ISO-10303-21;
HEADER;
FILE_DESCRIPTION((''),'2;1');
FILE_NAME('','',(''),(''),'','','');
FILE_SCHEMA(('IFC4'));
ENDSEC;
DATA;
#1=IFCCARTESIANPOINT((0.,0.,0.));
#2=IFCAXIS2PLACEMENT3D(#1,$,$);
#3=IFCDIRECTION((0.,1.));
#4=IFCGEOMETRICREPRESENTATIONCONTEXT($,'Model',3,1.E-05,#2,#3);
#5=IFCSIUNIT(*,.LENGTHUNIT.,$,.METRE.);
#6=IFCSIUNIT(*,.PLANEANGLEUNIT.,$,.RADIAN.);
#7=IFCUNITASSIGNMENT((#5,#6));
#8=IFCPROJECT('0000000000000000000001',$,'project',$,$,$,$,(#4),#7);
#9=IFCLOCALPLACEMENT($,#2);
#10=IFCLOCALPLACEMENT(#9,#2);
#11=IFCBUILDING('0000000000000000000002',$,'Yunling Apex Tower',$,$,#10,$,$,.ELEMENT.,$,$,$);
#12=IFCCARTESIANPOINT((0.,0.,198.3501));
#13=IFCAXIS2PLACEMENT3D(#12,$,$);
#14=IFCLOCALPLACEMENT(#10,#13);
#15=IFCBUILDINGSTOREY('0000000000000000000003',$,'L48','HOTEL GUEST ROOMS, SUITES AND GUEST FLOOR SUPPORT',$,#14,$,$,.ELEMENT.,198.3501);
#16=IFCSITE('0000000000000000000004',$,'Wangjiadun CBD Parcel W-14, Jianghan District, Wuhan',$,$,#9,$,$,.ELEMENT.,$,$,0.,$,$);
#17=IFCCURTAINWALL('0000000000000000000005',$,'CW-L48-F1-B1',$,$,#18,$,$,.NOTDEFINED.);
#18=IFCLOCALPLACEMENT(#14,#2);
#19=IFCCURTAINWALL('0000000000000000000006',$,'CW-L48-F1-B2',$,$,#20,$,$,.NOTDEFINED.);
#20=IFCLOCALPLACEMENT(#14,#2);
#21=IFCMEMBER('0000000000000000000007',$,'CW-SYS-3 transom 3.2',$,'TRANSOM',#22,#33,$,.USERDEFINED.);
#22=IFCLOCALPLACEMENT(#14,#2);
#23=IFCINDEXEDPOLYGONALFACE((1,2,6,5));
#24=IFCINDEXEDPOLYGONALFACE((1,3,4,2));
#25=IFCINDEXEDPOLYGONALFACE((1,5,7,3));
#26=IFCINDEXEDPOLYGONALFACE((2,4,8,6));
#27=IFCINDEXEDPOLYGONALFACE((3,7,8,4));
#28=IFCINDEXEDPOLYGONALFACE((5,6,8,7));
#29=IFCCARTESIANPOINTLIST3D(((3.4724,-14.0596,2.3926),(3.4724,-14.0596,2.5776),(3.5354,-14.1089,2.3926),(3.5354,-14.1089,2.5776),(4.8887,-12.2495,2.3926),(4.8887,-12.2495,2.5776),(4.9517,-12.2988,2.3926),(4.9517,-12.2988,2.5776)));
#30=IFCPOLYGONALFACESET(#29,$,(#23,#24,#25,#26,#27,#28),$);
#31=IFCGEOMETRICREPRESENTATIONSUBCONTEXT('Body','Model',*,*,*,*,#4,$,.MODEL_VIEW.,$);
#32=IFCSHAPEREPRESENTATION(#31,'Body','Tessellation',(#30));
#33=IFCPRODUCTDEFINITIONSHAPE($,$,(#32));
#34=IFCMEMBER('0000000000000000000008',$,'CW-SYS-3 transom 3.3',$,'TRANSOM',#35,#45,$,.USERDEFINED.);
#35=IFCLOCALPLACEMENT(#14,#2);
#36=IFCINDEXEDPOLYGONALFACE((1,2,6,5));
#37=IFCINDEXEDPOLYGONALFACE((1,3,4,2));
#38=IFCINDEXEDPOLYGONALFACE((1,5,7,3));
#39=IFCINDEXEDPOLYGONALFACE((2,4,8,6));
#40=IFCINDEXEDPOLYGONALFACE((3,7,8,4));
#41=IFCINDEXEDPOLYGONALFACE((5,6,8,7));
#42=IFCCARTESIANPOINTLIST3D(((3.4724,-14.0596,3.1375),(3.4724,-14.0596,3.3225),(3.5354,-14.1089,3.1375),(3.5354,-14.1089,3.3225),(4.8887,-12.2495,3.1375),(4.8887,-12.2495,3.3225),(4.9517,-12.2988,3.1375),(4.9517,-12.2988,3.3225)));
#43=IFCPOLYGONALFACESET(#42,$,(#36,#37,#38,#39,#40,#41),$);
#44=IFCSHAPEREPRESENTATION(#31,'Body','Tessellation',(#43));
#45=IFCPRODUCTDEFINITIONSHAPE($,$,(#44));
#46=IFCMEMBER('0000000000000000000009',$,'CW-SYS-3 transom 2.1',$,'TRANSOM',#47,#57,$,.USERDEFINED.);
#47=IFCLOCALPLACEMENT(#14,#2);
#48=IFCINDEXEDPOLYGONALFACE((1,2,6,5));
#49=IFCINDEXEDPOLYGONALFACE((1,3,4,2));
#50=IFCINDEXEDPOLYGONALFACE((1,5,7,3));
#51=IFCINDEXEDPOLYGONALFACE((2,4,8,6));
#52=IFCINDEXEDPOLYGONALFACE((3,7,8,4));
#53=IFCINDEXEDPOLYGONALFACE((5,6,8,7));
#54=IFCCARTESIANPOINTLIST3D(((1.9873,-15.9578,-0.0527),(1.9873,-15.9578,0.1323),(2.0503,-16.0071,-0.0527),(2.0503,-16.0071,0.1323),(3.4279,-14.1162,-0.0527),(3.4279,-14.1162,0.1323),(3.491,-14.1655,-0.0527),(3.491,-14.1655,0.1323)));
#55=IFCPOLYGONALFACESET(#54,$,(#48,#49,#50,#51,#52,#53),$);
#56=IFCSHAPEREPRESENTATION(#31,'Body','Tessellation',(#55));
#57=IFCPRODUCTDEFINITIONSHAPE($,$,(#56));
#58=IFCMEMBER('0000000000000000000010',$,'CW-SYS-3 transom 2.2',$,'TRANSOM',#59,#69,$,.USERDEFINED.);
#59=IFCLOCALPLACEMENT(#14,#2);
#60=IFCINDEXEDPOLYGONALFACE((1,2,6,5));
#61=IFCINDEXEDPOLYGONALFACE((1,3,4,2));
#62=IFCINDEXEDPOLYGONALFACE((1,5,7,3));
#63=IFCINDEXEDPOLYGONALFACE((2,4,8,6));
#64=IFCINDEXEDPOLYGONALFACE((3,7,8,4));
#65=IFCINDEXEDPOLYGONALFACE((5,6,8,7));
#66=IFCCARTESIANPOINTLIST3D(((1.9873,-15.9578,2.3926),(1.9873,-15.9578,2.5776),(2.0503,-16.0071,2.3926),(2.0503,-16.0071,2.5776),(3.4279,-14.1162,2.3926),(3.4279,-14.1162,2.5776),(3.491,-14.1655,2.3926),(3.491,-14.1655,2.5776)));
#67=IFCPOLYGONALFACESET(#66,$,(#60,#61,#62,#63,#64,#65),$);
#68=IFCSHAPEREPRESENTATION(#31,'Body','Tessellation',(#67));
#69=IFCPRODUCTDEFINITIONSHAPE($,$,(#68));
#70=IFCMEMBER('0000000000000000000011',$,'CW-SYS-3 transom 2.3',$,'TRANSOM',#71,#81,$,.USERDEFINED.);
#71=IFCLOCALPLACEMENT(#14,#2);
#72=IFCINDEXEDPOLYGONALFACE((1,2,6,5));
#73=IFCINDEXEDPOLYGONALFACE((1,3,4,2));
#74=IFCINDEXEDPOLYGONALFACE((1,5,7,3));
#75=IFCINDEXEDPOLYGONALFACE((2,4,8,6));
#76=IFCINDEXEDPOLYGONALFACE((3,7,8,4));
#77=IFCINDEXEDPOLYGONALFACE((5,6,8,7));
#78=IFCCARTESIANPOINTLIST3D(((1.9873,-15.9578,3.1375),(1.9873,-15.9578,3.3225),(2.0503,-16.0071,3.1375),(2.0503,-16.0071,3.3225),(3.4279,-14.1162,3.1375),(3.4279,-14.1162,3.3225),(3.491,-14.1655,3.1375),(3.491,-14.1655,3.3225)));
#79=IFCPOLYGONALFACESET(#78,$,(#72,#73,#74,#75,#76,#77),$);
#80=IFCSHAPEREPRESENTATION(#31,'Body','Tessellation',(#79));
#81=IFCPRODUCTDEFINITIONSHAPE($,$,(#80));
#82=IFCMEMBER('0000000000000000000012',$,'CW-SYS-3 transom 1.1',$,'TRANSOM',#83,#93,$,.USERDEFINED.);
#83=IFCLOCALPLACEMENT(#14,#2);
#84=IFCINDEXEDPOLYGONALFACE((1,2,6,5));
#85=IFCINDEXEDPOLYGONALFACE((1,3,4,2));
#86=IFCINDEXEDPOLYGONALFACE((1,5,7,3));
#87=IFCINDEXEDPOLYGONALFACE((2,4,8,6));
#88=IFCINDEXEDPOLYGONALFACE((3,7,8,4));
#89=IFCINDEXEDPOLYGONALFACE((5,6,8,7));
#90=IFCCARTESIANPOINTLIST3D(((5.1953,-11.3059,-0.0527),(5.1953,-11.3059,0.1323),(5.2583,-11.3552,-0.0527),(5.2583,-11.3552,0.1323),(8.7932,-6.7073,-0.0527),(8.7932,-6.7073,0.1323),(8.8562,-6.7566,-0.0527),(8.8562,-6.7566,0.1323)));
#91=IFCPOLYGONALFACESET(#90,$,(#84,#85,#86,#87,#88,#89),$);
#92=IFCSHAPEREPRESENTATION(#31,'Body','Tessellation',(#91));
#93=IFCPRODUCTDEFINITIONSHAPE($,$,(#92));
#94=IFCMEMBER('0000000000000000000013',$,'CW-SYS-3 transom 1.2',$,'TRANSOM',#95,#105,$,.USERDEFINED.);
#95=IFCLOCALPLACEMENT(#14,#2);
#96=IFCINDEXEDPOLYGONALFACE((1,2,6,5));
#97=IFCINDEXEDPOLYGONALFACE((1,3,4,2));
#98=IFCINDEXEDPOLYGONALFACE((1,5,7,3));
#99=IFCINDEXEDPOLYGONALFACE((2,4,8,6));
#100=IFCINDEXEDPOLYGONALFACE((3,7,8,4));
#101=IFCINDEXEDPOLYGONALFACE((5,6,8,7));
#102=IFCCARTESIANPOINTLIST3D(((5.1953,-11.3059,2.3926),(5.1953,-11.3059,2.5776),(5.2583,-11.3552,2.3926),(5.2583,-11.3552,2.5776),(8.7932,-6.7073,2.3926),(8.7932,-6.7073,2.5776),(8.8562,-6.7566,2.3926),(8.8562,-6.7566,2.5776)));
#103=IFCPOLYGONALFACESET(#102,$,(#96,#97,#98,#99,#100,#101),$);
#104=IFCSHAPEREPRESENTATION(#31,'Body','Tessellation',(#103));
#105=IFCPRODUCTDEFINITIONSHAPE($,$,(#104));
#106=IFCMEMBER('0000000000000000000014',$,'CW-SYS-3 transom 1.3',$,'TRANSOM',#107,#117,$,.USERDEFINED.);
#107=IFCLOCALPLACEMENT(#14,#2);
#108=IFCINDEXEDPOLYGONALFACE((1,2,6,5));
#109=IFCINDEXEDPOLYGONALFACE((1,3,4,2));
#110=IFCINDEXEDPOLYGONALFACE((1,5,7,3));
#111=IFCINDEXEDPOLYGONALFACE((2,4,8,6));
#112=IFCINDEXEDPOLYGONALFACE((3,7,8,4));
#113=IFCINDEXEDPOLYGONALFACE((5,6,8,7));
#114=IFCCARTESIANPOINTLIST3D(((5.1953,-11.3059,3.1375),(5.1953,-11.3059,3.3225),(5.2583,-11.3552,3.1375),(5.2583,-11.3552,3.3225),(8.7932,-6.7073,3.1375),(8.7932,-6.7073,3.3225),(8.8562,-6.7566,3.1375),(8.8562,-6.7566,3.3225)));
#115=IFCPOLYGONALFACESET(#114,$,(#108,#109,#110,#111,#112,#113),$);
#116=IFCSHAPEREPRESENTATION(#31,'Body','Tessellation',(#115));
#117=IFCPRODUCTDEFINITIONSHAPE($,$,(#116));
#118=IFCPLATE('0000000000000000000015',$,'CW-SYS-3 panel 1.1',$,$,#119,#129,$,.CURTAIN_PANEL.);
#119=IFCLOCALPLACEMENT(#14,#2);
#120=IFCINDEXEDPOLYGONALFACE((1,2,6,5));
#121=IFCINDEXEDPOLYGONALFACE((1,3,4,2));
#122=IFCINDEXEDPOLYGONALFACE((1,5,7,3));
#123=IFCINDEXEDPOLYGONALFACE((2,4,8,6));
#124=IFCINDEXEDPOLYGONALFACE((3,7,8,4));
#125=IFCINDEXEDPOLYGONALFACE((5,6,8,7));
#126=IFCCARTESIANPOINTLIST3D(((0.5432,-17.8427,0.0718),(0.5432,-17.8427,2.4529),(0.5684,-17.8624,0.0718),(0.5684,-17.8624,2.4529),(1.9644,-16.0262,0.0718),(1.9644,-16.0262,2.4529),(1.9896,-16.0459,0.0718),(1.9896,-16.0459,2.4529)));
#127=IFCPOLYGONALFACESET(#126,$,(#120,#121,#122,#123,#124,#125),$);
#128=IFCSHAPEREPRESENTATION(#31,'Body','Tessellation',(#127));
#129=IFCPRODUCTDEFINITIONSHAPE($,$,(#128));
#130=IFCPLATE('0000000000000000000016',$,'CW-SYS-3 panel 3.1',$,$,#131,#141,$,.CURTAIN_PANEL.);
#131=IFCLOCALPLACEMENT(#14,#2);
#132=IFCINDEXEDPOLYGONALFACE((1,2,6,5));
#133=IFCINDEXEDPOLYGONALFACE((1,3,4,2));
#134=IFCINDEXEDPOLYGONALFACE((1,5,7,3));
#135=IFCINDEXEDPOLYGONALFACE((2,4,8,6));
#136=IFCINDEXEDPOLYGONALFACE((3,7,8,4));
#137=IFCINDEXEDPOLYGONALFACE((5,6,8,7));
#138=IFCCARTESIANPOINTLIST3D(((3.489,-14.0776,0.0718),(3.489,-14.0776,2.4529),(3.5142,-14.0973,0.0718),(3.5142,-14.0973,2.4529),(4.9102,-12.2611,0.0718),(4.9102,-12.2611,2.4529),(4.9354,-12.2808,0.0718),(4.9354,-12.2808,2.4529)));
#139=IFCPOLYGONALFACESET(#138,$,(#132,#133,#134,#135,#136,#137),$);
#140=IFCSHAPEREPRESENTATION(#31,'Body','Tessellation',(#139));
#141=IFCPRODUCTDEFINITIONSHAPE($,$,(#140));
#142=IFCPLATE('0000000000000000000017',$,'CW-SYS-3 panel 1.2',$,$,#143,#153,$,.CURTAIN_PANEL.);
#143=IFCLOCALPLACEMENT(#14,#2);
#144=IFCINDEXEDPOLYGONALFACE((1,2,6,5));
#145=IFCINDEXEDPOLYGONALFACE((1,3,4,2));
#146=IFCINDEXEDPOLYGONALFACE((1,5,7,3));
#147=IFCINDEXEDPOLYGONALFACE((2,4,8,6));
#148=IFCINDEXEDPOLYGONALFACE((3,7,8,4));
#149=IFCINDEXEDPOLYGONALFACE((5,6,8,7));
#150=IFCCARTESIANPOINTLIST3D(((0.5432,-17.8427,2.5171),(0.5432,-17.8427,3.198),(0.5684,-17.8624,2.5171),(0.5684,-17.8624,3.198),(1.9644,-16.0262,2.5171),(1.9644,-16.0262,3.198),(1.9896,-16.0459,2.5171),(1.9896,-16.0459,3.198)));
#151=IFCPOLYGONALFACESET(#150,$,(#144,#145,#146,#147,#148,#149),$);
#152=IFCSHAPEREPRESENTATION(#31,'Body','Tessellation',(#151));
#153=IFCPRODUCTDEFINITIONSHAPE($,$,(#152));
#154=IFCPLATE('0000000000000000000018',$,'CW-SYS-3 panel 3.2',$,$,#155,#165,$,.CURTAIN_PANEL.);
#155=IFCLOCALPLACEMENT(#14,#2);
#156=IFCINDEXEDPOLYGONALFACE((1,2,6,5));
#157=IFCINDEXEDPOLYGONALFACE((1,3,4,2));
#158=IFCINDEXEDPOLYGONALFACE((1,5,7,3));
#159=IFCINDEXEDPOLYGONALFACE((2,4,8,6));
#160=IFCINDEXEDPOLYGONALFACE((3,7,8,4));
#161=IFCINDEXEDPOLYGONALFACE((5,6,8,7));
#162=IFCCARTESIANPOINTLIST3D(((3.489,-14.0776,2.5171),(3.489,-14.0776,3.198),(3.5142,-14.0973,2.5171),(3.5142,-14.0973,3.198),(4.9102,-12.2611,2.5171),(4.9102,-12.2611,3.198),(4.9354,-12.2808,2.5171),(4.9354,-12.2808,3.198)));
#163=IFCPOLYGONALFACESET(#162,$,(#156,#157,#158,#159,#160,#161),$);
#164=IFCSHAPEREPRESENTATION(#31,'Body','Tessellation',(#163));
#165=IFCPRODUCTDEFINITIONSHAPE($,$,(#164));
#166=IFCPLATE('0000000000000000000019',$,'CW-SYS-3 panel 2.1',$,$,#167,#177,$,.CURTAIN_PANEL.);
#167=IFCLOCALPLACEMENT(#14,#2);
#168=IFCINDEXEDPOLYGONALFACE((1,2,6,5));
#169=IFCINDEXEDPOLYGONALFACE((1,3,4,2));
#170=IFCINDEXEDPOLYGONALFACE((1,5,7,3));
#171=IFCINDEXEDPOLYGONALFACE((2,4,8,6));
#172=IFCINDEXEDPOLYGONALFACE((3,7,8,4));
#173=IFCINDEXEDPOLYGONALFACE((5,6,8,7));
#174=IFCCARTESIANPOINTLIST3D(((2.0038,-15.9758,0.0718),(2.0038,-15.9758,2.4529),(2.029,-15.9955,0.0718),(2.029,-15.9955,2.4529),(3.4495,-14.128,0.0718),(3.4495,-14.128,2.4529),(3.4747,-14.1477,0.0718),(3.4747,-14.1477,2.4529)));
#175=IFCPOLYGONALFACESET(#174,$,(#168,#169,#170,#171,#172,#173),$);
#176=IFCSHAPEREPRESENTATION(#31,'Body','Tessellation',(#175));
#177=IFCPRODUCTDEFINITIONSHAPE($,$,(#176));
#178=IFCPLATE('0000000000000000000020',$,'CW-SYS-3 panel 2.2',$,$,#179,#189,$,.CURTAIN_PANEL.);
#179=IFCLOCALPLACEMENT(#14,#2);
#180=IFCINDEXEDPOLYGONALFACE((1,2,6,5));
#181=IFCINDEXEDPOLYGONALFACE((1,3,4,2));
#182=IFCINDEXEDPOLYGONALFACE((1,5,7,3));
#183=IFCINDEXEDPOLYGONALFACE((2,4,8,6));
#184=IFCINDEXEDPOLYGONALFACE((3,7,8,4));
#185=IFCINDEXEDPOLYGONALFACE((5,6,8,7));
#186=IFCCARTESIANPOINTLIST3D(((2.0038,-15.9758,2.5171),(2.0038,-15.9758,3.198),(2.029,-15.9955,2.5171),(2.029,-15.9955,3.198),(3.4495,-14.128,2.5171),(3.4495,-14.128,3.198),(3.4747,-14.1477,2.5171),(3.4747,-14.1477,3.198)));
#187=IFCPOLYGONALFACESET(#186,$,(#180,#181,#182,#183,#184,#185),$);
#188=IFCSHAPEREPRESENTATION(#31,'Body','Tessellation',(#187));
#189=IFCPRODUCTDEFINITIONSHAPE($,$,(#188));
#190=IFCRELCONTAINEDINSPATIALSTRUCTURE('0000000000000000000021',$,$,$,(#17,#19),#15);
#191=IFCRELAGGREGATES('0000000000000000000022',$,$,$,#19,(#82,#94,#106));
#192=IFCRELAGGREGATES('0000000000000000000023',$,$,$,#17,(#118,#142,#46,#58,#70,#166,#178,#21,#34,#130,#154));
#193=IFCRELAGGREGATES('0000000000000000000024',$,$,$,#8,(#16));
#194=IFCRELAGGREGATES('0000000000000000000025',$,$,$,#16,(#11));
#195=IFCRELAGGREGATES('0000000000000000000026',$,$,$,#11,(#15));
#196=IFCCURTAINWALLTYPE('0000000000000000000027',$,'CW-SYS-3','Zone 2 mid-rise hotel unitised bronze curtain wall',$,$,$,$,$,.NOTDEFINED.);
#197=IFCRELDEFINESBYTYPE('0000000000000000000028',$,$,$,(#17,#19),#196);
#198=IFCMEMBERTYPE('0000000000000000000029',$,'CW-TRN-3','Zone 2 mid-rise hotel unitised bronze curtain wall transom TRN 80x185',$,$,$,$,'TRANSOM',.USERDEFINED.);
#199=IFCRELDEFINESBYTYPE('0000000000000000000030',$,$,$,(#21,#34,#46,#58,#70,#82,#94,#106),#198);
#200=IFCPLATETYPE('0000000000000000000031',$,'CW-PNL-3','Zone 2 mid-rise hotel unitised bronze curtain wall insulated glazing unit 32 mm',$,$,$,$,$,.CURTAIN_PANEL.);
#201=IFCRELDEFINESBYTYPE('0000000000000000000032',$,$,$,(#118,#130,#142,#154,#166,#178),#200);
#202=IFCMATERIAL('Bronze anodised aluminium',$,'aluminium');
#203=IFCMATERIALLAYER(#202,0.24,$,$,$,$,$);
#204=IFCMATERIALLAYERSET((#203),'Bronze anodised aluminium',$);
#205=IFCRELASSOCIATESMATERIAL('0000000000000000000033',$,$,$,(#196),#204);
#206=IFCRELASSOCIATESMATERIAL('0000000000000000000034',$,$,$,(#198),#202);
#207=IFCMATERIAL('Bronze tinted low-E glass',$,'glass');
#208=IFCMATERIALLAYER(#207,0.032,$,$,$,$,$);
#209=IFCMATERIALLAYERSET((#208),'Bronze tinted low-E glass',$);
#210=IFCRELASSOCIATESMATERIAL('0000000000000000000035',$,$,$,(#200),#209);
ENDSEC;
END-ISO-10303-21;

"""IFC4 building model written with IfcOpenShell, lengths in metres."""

from ifc_helpers import new_model, si_unit, direction, frame, origin, origin_2d, place, context, subcontext, project, spatial, rectangle, extrude, source, transform, mapped, material, layer, layer_set, material_profile, profile_set, type_object, element, aggregate, save


model = new_model("IFC4")

# Units and contexts
model_context = context("Model", 3, precision=1e-05, world=origin(), true_north=direction((0.0, 1.0)))
body_context = subcontext(model_context, "Body", "Model", "MODEL_VIEW")
ifc_project = project(units=[si_unit("LENGTHUNIT", "METRE"), si_unit("PLANEANGLEUNIT", "RADIAN")], contexts=[model_context])

# Site, building, storey
site_placement = place(None, origin())
site = spatial("IfcSite", under=ifc_project, at=site_placement, Name="Wangjiadun CBD Parcel W-14, Jianghan District, Wuhan", CompositionType="ELEMENT", RefElevation=0.0)
building_placement = place(site_placement, origin())
building = spatial("IfcBuilding", under=site, at=building_placement, Name="Yunling Apex Tower", CompositionType="ELEMENT")
storey_placement = place(building_placement, frame((0.0, 0.0, 198.3501)))
storey = spatial("IfcBuildingStorey", under=building, at=storey_placement, Name="L48", Description="HOTEL GUEST ROOMS, SUITES AND GUEST FLOOR SUPPORT", CompositionType="ELEMENT", Elevation=198.3501)

# Curtain wall
ifc_material_1 = material(Name="Bronze anodised aluminium", Category="aluminium")
ifc_layer_1 = layer(ifc_material_1, 0.24)
ifc_layer_set_1 = layer_set([ifc_layer_1], Name="Bronze anodised aluminium")
curtain_wall_type = type_object("IfcCurtainWallType", Name="CW-SYS-3", Description="Zone 2 mid-rise hotel unitised bronze curtain wall", PredefinedType="NOTDEFINED", material=ifc_layer_set_1)
curtain_wall_1_placement = place(storey_placement, origin())
curtain_wall_1 = element("IfcCurtainWall", 1, at=curtain_wall_1_placement, inside=storey, type_object=curtain_wall_type, Name="CW-L48-F1-B1", PredefinedType="NOTDEFINED")

# Curtain wall
curtain_wall_2_placement = place(storey_placement, origin())
curtain_wall_2 = element("IfcCurtainWall", 2, at=curtain_wall_2_placement, inside=storey, type_object=curtain_wall_type, Name="CW-L48-F1-B2", PredefinedType="NOTDEFINED")

# Members
ifc_material_profile_1 = material_profile(ifc_material_1, rectangle(XDim=0.0801, YDim=0.1851, at=origin_2d()))
ifc_profile_set_1 = profile_set([ifc_material_profile_1], Name="Bronze anodised aluminium")
member_type_1 = type_object("IfcMemberType", Name="CW-TRN-3", Description="Zone 2 mid-rise hotel unitised bronze curtain wall transom TRN 80x185", ElementType="TRANSOM", PredefinedType="USERDEFINED", material=ifc_profile_set_1)
shared_shape_1 = source(origin(), body_context, "Body", "SweptSolid", [
    extrude(rectangle(XDim=0.0801, YDim=0.1851, at=origin_2d()), origin(), (0.0, 0.0, 1.0), 2.2983),
])
member_1_placement = place(storey_placement, frame((3.5039, -14.0842, 2.4851), z_axis=(0.616225, 0.78757, 0.0), x_axis=(-0.78757, 0.616225, 0.0)))
member_1 = element("IfcMember", 3, at=member_1_placement, type_object=member_type_1, Name="CW-SYS-3 transom 3.2", ObjectType="TRANSOM", PredefinedType="USERDEFINED", context=body_context, shape_type="MappedRepresentation", body=[
    mapped(shared_shape_1, transform((0.0, 0.0, 0.0), scale=1.0)),
])
member_2_placement = place(storey_placement, frame((3.5039, -14.0842, 3.23), z_axis=(0.616225, 0.78757, 0.0), x_axis=(-0.78757, 0.616225, 0.0)))
member_2 = element("IfcMember", 4, at=member_2_placement, type_object=member_type_1, Name="CW-SYS-3 transom 3.3", ObjectType="TRANSOM", PredefinedType="USERDEFINED", context=body_context, shape_type="MappedRepresentation", body=[
    mapped(shared_shape_1, transform((0.0, 0.0, 0.0), scale=1.0)),
])
shared_shape_2 = source(origin(), body_context, "Body", "SweptSolid", [
    extrude(rectangle(XDim=0.0801, YDim=0.1851, at=origin_2d()), origin(), (0.0, 0.0, 1.0), 2.3381),
])
member_3_placement = place(storey_placement, frame((2.0188, -15.9824, 0.0398), z_axis=(0.616165, 0.787617, 0.0), x_axis=(-0.787617, 0.616165, 0.0)))
member_3 = element("IfcMember", 5, at=member_3_placement, type_object=member_type_1, Name="CW-SYS-3 transom 2.1", ObjectType="TRANSOM", PredefinedType="USERDEFINED", context=body_context, shape_type="MappedRepresentation", body=[
    mapped(shared_shape_2, transform((0.0, 0.0, 0.0), scale=1.0)),
])
member_4_placement = place(storey_placement, frame((2.0188, -15.9824, 2.4851), z_axis=(0.616165, 0.787617, 0.0), x_axis=(-0.787617, 0.616165, 0.0)))
member_4 = element("IfcMember", 6, at=member_4_placement, type_object=member_type_1, Name="CW-SYS-3 transom 2.2", ObjectType="TRANSOM", PredefinedType="USERDEFINED", context=body_context, shape_type="MappedRepresentation", body=[
    mapped(shared_shape_2, transform((0.0, 0.0, 0.0), scale=1.0)),
])
member_5_placement = place(storey_placement, frame((2.0188, -15.9824, 3.23), z_axis=(0.616165, 0.787617, 0.0), x_axis=(-0.787617, 0.616165, 0.0)))
member_5 = element("IfcMember", 7, at=member_5_placement, type_object=member_type_1, Name="CW-SYS-3 transom 2.3", ObjectType="TRANSOM", PredefinedType="USERDEFINED", context=body_context, shape_type="MappedRepresentation", body=[
    mapped(shared_shape_2, transform((0.0, 0.0, 0.0), scale=1.0)),
])
shared_shape_3 = source(origin(), body_context, "Body", "SweptSolid", [
    extrude(rectangle(XDim=0.0801, YDim=0.1851, at=origin_2d()), origin(), (0.0, 0.0, 1.0), 5.8389),
])
member_6_placement = place(storey_placement, frame((5.2268, -11.3306, 0.0398), z_axis=(0.616199, 0.787591, 0.0), x_axis=(-0.787591, 0.616199, 0.0)))
member_6 = element("IfcMember", 8, at=member_6_placement, type_object=member_type_1, Name="CW-SYS-3 transom 1.1", ObjectType="TRANSOM", PredefinedType="USERDEFINED", context=body_context, shape_type="MappedRepresentation", body=[
    mapped(shared_shape_3, transform((0.0, 0.0, 0.0), scale=1.0)),
])
member_7_placement = place(storey_placement, frame((5.2268, -11.3306, 2.4851), z_axis=(0.616199, 0.787591, 0.0), x_axis=(-0.787591, 0.616199, 0.0)))
member_7 = element("IfcMember", 9, at=member_7_placement, type_object=member_type_1, Name="CW-SYS-3 transom 1.2", ObjectType="TRANSOM", PredefinedType="USERDEFINED", context=body_context, shape_type="MappedRepresentation", body=[
    mapped(shared_shape_3, transform((0.0, 0.0, 0.0), scale=1.0)),
])
member_8_placement = place(storey_placement, frame((5.2268, -11.3306, 3.23), z_axis=(0.616199, 0.787591, 0.0), x_axis=(-0.787591, 0.616199, 0.0)))
member_8 = element("IfcMember", 10, at=member_8_placement, type_object=member_type_1, Name="CW-SYS-3 transom 1.3", ObjectType="TRANSOM", PredefinedType="USERDEFINED", context=body_context, shape_type="MappedRepresentation", body=[
    mapped(shared_shape_3, transform((0.0, 0.0, 0.0), scale=1.0)),
])
aggregate(curtain_wall_2, [member_6, member_7, member_8])

# Plates
ifc_material_2 = material(Name="Bronze tinted low-E glass", Category="glass")
ifc_layer_2 = layer(ifc_material_2, 0.032)
ifc_layer_set_2 = layer_set([ifc_layer_2], Name="Bronze tinted low-E glass")
plate_type = type_object("IfcPlateType", Name="CW-PNL-3", Description="Zone 2 mid-rise hotel unitised bronze curtain wall insulated glazing unit 32 mm", PredefinedType="CURTAIN_PANEL", material=ifc_layer_set_2)
shared_shape_4 = source(origin(), body_context, "Body", "SweptSolid", [
    extrude(rectangle(XDim=2.3064, YDim=0.032, at=origin_2d()), origin(), (0.0, 0.0, 1.0), 2.3811),
])
plate_1_placement = place(storey_placement, frame((1.2664, -16.9443, 0.0718), z_axis=(0.0, 0.0, 1.0), x_axis=(0.6162, 0.787589, 0.0)))
plate_1 = element("IfcPlate", 11, at=plate_1_placement, type_object=plate_type, Name="CW-SYS-3 panel 1.1", PredefinedType="CURTAIN_PANEL", context=body_context, shape_type="MappedRepresentation", body=[
    mapped(shared_shape_4, transform((0.0, 0.0, 0.0), scale=1.0)),
])
plate_2_placement = place(storey_placement, frame((4.2122, -13.1792, 0.0718), z_axis=(0.0, 0.0, 1.0), x_axis=(0.6162, 0.787589, 0.0)))
plate_2 = element("IfcPlate", 12, at=plate_2_placement, type_object=plate_type, Name="CW-SYS-3 panel 3.1", PredefinedType="CURTAIN_PANEL", context=body_context, shape_type="MappedRepresentation", body=[
    mapped(shared_shape_4, transform((0.0, 0.0, 0.0), scale=1.0)),
])
shared_shape_5 = source(origin(), body_context, "Body", "SweptSolid", [
    extrude(rectangle(XDim=2.3064, YDim=0.032, at=origin_2d()), origin(), (0.0, 0.0, 1.0), 0.6809),
])
plate_3_placement = place(storey_placement, frame((1.2664, -16.9443, 2.5171), z_axis=(0.0, 0.0, 1.0), x_axis=(0.6162, 0.787589, 0.0)))
plate_3 = element("IfcPlate", 13, at=plate_3_placement, type_object=plate_type, Name="CW-SYS-3 panel 1.2", PredefinedType="CURTAIN_PANEL", context=body_context, shape_type="MappedRepresentation", body=[
    mapped(shared_shape_5, transform((0.0, 0.0, 0.0), scale=1.0)),
])
plate_4_placement = place(storey_placement, frame((4.2122, -13.1792, 2.5171), z_axis=(0.0, 0.0, 1.0), x_axis=(0.6162, 0.787589, 0.0)))
plate_4 = element("IfcPlate", 14, at=plate_4_placement, type_object=plate_type, Name="CW-SYS-3 panel 3.2", PredefinedType="CURTAIN_PANEL", context=body_context, shape_type="MappedRepresentation", body=[
    mapped(shared_shape_5, transform((0.0, 0.0, 0.0), scale=1.0)),
])
shared_shape_6 = source(origin(), body_context, "Body", "SweptSolid", [
    extrude(rectangle(XDim=2.3462, YDim=0.032, at=origin_2d()), origin(), (0.0, 0.0, 1.0), 2.3811),
])
plate_5_placement = place(storey_placement, frame((2.7393, -15.0618, 0.0718), z_axis=(0.0, 0.0, 1.0), x_axis=(0.6162, 0.787589, 0.0)))
plate_5 = element("IfcPlate", 15, at=plate_5_placement, type_object=plate_type, Name="CW-SYS-3 panel 2.1", PredefinedType="CURTAIN_PANEL", context=body_context, shape_type="MappedRepresentation", body=[
    mapped(shared_shape_6, transform((0.0, 0.0, 0.0), scale=1.0)),
])
shared_shape_7 = source(origin(), body_context, "Body", "SweptSolid", [
    extrude(rectangle(XDim=2.3462, YDim=0.032, at=origin_2d()), origin(), (0.0, 0.0, 1.0), 0.6809),
])
plate_6_placement = place(storey_placement, frame((2.7393, -15.0618, 2.5171), z_axis=(0.0, 0.0, 1.0), x_axis=(0.6162, 0.787589, 0.0)))
plate_6 = element("IfcPlate", 16, at=plate_6_placement, type_object=plate_type, Name="CW-SYS-3 panel 2.2", PredefinedType="CURTAIN_PANEL", context=body_context, shape_type="MappedRepresentation", body=[
    mapped(shared_shape_7, transform((0.0, 0.0, 0.0), scale=1.0)),
])
aggregate(curtain_wall_1, [plate_1, plate_3, member_3, member_4, member_5, plate_5, plate_6, member_1, member_2, plate_2, plate_4])

save(model, "model.ifc")
